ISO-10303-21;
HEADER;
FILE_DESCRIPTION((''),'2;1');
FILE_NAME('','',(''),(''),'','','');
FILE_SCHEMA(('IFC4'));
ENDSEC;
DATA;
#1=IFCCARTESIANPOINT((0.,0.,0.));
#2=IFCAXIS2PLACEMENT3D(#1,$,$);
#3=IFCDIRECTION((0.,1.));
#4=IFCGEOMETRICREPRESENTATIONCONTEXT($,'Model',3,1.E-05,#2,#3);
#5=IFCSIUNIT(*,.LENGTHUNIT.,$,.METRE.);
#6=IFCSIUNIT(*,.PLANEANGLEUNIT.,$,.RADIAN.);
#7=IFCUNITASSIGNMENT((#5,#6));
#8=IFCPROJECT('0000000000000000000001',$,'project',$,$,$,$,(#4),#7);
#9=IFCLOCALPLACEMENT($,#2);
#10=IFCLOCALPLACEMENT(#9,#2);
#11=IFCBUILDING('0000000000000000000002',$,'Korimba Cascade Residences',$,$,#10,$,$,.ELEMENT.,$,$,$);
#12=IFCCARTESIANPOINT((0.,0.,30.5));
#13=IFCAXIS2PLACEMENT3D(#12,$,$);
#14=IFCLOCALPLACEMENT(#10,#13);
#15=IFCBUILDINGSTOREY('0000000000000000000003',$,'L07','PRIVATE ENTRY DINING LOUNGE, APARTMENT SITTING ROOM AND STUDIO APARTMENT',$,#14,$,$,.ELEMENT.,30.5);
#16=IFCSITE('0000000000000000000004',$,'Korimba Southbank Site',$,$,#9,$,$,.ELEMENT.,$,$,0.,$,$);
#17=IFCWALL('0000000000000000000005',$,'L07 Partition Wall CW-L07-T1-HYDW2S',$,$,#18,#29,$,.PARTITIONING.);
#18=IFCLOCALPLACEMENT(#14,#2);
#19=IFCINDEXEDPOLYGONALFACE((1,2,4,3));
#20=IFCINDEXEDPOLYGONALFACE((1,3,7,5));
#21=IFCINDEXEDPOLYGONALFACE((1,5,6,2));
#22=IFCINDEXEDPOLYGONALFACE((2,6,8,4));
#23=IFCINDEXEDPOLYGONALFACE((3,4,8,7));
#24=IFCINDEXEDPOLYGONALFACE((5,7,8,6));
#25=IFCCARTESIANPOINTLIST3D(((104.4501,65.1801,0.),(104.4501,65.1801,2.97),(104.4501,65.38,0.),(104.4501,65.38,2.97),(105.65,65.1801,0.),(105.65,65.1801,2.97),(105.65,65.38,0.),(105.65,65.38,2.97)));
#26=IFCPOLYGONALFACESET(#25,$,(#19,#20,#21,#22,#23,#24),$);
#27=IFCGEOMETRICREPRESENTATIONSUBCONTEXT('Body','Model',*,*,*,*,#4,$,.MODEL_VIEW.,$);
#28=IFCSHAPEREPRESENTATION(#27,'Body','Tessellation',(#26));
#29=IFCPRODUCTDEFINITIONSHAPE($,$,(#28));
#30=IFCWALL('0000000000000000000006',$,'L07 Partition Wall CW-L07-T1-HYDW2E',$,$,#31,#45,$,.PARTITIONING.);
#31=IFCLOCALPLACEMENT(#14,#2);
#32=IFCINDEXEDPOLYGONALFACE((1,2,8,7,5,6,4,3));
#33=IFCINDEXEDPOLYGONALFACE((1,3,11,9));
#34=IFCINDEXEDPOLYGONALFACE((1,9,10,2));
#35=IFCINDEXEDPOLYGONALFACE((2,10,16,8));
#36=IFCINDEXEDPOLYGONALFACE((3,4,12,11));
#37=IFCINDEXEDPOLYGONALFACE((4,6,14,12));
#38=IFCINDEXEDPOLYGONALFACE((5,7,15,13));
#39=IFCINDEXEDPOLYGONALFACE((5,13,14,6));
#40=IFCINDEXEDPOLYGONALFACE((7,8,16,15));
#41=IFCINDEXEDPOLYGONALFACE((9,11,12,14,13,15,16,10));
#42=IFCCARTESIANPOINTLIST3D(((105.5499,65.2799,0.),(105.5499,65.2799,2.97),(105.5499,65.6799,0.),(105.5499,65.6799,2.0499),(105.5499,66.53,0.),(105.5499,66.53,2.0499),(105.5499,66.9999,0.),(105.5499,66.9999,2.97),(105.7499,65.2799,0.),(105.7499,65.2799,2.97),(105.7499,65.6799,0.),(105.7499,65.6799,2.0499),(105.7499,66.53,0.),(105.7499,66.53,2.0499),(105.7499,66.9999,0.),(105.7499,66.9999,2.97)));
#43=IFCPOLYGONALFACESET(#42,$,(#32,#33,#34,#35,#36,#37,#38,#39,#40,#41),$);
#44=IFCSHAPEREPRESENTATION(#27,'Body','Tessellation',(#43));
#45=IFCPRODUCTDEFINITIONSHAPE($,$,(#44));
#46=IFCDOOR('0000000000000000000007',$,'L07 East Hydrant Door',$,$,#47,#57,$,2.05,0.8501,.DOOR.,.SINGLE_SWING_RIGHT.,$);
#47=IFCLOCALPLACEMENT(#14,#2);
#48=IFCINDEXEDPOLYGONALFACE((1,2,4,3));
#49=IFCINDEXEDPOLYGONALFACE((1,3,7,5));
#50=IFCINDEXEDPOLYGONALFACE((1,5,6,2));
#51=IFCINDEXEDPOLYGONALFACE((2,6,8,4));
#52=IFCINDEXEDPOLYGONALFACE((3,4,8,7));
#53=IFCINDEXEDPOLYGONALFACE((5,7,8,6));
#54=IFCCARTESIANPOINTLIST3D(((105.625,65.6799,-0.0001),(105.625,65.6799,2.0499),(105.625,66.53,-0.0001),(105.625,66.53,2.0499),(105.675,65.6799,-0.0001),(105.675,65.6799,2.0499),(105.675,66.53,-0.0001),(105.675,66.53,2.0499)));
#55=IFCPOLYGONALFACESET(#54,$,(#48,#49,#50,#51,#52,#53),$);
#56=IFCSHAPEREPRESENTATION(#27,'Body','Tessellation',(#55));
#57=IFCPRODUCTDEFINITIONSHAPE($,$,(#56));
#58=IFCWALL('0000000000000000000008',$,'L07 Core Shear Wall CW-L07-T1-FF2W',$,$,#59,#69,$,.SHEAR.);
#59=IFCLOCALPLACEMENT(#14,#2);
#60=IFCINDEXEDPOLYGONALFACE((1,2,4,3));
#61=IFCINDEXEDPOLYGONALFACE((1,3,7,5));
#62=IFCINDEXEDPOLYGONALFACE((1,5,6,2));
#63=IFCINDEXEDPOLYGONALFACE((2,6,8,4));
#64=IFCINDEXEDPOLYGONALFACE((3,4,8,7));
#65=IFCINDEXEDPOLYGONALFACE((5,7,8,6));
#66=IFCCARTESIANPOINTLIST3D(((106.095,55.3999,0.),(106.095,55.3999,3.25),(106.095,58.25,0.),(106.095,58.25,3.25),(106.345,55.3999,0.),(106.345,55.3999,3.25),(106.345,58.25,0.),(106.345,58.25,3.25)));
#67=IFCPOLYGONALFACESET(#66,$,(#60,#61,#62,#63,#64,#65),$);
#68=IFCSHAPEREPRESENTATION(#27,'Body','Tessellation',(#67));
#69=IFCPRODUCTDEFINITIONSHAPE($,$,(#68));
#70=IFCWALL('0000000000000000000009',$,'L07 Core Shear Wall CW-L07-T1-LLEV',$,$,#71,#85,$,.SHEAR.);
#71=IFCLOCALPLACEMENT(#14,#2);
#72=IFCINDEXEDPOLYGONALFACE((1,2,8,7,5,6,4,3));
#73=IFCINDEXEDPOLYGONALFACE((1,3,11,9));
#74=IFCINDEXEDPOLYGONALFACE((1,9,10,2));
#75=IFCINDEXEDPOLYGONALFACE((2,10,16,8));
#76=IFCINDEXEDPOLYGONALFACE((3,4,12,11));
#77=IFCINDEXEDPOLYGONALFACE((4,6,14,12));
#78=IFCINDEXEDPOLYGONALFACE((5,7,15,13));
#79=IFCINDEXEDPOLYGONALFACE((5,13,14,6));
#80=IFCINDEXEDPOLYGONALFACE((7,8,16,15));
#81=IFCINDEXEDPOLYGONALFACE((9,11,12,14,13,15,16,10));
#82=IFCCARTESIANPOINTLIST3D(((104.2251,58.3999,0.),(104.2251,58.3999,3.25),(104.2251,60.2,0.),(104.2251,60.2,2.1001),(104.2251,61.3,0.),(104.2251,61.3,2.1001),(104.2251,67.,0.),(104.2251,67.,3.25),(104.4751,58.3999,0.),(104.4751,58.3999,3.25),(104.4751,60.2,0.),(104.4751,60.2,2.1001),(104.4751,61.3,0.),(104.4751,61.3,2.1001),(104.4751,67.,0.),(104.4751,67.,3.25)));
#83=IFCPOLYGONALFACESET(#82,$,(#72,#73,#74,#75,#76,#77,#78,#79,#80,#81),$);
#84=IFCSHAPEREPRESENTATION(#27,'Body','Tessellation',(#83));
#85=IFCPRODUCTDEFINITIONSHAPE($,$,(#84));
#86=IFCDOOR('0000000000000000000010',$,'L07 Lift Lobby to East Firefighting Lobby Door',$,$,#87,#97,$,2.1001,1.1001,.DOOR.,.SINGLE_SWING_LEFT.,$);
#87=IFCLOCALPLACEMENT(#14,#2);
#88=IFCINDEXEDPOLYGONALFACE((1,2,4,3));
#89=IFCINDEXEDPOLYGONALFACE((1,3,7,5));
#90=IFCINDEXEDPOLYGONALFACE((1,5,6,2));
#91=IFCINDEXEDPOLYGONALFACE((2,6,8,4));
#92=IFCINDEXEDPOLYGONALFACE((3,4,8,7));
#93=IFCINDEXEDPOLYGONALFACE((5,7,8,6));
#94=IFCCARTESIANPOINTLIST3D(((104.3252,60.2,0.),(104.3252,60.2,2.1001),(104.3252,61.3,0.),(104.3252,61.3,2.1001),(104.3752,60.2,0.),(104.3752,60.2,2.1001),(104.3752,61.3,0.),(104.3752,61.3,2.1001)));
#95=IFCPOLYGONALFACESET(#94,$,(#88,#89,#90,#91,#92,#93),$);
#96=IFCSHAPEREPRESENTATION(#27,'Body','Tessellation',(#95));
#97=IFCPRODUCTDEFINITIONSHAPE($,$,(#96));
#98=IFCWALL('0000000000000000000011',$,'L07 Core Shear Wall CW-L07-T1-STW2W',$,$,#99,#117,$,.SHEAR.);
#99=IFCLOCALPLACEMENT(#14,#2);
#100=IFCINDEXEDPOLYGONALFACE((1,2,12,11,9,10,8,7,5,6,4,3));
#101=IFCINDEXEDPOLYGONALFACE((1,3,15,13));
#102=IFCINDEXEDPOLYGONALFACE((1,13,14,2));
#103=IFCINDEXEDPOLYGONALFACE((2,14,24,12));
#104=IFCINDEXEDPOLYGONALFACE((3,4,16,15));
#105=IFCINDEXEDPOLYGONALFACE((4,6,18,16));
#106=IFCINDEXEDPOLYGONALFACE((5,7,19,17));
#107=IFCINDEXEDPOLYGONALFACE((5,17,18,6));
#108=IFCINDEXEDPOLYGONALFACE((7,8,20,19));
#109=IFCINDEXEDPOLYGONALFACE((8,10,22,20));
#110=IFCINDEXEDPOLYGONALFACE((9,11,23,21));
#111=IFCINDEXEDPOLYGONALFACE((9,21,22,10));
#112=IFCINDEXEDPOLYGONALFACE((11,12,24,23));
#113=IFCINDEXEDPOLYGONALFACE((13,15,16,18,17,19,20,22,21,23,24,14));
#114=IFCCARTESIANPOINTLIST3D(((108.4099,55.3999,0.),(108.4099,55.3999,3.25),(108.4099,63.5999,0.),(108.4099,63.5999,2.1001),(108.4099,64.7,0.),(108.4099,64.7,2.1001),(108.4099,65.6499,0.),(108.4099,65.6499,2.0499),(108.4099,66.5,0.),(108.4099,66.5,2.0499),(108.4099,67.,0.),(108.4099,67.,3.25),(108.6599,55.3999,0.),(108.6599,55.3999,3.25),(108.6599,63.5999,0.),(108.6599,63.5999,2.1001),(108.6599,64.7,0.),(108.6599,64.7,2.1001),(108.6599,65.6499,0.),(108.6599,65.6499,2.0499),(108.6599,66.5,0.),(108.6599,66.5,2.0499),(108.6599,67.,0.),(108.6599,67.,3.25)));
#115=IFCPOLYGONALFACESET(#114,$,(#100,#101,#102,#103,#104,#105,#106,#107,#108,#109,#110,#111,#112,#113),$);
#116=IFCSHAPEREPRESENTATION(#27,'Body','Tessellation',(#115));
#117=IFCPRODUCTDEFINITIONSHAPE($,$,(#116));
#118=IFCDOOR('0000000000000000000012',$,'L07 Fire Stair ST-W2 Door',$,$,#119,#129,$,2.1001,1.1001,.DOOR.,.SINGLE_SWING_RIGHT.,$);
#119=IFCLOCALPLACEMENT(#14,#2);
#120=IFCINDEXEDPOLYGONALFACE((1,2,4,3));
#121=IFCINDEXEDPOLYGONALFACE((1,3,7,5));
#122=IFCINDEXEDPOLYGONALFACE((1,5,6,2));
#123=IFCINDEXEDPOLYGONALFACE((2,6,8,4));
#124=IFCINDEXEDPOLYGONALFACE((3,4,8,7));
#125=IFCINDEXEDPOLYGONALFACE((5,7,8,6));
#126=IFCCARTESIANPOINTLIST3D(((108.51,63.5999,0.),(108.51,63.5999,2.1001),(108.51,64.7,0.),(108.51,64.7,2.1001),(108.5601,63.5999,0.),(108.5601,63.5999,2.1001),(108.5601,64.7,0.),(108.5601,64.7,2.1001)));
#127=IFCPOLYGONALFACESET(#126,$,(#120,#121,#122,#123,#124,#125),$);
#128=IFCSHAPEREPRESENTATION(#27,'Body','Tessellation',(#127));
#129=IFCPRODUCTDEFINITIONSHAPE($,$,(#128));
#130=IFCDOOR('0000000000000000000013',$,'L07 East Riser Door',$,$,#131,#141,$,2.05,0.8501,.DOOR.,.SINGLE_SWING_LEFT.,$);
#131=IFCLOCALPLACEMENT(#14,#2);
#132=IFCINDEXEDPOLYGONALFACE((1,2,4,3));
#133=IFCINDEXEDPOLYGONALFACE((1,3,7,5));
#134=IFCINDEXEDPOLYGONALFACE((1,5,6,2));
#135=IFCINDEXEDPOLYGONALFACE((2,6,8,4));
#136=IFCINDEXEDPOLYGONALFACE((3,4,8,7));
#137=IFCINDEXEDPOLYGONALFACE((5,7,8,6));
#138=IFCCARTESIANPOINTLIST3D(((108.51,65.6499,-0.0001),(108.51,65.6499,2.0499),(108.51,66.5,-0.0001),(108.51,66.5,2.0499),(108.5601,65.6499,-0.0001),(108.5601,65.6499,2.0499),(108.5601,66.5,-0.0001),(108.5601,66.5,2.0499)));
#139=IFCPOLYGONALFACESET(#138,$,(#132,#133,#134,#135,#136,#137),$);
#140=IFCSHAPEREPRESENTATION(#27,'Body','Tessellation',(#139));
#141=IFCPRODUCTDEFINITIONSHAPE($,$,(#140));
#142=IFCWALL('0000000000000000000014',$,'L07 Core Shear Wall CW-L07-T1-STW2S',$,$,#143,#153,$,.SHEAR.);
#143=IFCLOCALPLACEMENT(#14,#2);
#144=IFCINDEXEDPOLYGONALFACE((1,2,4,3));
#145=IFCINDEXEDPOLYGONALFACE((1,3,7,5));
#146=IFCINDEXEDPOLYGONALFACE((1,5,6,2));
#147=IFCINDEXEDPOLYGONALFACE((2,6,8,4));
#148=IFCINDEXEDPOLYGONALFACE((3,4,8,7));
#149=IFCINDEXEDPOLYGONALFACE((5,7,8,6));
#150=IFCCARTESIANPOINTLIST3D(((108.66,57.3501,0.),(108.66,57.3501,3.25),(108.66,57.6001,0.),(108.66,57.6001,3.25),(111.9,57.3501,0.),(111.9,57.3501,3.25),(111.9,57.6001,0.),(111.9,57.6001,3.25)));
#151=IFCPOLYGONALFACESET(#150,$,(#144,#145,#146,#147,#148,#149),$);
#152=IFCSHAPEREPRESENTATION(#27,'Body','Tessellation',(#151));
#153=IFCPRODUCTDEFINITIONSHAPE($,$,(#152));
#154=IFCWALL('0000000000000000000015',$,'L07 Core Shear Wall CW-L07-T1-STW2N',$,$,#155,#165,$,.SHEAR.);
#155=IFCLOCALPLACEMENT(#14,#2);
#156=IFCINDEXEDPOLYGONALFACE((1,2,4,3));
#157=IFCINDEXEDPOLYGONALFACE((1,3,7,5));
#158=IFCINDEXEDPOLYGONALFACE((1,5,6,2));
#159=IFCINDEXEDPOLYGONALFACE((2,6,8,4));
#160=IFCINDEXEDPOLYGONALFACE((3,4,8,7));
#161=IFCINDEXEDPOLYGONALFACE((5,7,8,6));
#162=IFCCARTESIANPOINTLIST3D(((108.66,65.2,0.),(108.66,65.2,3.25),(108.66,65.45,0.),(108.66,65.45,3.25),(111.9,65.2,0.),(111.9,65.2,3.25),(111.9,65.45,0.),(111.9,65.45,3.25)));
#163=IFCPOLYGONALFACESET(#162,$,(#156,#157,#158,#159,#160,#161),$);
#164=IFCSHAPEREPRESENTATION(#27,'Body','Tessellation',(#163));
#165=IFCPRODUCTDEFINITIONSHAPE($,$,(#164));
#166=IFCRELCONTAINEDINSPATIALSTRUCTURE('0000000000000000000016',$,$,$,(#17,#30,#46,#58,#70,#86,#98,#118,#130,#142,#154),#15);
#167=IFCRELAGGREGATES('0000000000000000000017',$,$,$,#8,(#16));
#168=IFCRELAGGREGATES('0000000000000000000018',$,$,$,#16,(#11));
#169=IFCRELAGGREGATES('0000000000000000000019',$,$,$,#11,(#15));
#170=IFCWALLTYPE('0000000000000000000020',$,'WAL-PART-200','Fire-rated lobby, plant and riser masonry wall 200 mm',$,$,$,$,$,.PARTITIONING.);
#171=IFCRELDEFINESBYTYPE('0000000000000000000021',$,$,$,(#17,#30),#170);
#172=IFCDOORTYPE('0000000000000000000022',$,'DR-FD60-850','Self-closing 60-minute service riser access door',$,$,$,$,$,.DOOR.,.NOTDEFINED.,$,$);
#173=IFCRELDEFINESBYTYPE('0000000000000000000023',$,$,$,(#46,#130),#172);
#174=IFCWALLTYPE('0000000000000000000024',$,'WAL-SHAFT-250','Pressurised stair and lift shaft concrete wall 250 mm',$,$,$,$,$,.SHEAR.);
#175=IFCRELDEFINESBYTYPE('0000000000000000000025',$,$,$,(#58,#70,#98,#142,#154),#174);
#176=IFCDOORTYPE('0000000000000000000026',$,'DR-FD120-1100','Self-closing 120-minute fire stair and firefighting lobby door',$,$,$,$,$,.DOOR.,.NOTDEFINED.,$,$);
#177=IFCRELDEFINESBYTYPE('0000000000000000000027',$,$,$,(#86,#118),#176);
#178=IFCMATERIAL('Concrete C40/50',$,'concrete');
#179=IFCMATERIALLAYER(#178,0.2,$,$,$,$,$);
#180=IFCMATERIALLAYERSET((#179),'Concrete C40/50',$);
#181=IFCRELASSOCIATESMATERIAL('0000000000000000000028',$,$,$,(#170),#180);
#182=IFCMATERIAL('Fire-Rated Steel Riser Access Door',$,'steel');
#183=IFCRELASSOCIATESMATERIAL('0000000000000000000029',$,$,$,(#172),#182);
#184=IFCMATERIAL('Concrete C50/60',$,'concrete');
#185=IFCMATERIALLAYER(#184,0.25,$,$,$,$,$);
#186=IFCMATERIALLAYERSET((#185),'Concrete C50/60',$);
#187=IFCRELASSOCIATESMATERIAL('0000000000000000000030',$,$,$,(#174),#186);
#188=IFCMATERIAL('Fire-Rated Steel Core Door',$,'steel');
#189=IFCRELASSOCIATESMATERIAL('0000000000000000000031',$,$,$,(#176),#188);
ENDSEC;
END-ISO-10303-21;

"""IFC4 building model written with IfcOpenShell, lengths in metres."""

from ifc_helpers import new_model, si_unit, direction, frame, frame_2d, origin, place, context, subcontext, project, spatial, rectangle, extrude, material, layer, layer_set, type_object, element, fill, save


model = new_model("IFC4")

# Units and contexts
model_context = context("Model", 3, precision=1e-05, world=origin(), true_north=direction((0.0, 1.0)))
body_context = subcontext(model_context, "Body", "Model", "MODEL_VIEW")
ifc_project = project(units=[si_unit("LENGTHUNIT", "METRE"), si_unit("PLANEANGLEUNIT", "RADIAN")], contexts=[model_context])

# Site, building, storey
site_placement = place(None, origin())
site = spatial("IfcSite", under=ifc_project, at=site_placement, Name="Korimba Southbank Site", CompositionType="ELEMENT", RefElevation=0.0)
building_placement = place(site_placement, origin())
building = spatial("IfcBuilding", under=site, at=building_placement, Name="Korimba Cascade Residences", CompositionType="ELEMENT")
storey_placement = place(building_placement, frame((0.0, 0.0, 30.5)))
storey = spatial("IfcBuildingStorey", under=building, at=storey_placement, Name="L07", Description="PRIVATE ENTRY DINING LOUNGE, APARTMENT SITTING ROOM AND STUDIO APARTMENT", CompositionType="ELEMENT", Elevation=30.5)

# Wall
ifc_material_1 = material(Name="Concrete C40/50", Category="concrete")
ifc_layer_1 = layer(ifc_material_1, 0.2)
ifc_layer_set_1 = layer_set([ifc_layer_1], Name="Concrete C40/50")
wall_type_1 = type_object("IfcWallType", Name="WAL-PART-200", Description="Fire-rated lobby, plant and riser masonry wall 200 mm", PredefinedType="PARTITIONING", material=ifc_layer_set_1)
wall_1_placement = place(storey_placement, frame((104.45, 65.28, 0.0), z_axis=(0.0, 0.0, 1.0), x_axis=(1.0, 0.0, 0.0)))
element("IfcWall", 1, at=wall_1_placement, inside=storey, type_object=wall_type_1, Name="L07 Partition Wall CW-L07-T1-HYDW2S", PredefinedType="PARTITIONING", context=body_context, shape_type="SweptSolid", body=[
    extrude(rectangle(XDim=1.2, YDim=0.2, at=frame_2d((0.6001, 0.0))), origin(), (0.0, 0.0, 1.0), 2.97),
])

# Wall, opening, door
wall_2_placement = place(storey_placement, frame((105.6499, 65.28, 0.0), z_axis=(0.0, 0.0, 1.0), x_axis=(0.0, 1.0, 0.0)))
wall_2 = element("IfcWall", 2, at=wall_2_placement, inside=storey, type_object=wall_type_1, Name="L07 Partition Wall CW-L07-T1-HYDW2E", PredefinedType="PARTITIONING", context=body_context, shape_type="SweptSolid", body=[
    extrude(rectangle(XDim=1.72, YDim=0.2, at=frame_2d((0.8599, 0.0))), origin(), (0.0, 0.0, 1.0), 2.97),
])
opening_1_placement = place(wall_2_placement, frame((0.3999, 0.0, 0.0)))
opening_1 = element("IfcOpeningElement", 3, at=opening_1_placement, cuts=wall_2, PredefinedType="OPENING", context=body_context, shape_type="SweptSolid", body=[
    extrude(rectangle(XDim=0.8501, YDim=2.05, at=frame_2d((0.425, 1.0249))), frame((0.0, 0.1099, 0.0), z_axis=(0.0, -1.0, 0.0), x_axis=(1.0, 0.0, 0.0)), (0.0, 0.0, 1.0), 0.22),
])
ifc_material_2 = material(Name="Fire-Rated Steel Riser Access Door", Category="steel")
door_type_1 = type_object("IfcDoorType", Name="DR-FD60-850", Description="Self-closing 60-minute service riser access door", OperationType="NOTDEFINED", PredefinedType="DOOR", material=ifc_material_2)
door_1_placement = place(opening_1_placement, origin())
door_1 = element("IfcDoor", 4, at=door_1_placement, inside=storey, type_object=door_type_1, Name="L07 East Hydrant Door", OperationType="SINGLE_SWING_RIGHT", OverallHeight=2.05, OverallWidth=0.8501, PredefinedType="DOOR", context=body_context, shape_type="SweptSolid", body=[
    extrude(rectangle(XDim=0.8501, YDim=2.05, at=frame_2d((0.425, 1.0249))), frame((0.0, 0.0249, 0.0), z_axis=(0.0, -1.0, 0.0), x_axis=(1.0, 0.0, 0.0)), (0.0, 0.0, 1.0), 0.05),
])
fill(opening_1, door_1)

# Wall
ifc_material_3 = material(Name="Concrete C50/60", Category="concrete")
ifc_layer_2 = layer(ifc_material_3, 0.25)
ifc_layer_set_2 = layer_set([ifc_layer_2], Name="Concrete C50/60")
wall_type_2 = type_object("IfcWallType", Name="WAL-SHAFT-250", Description="Pressurised stair and lift shaft concrete wall 250 mm", PredefinedType="SHEAR", material=ifc_layer_set_2)
wall_3_placement = place(storey_placement, frame((106.22, 55.3999, 0.0), z_axis=(0.0, 0.0, 1.0), x_axis=(0.0, 1.0, 0.0)))
element("IfcWall", 5, at=wall_3_placement, inside=storey, type_object=wall_type_2, Name="L07 Core Shear Wall CW-L07-T1-FF2W", PredefinedType="SHEAR", context=body_context, shape_type="SweptSolid", body=[
    extrude(rectangle(XDim=2.8501, YDim=0.25, at=frame_2d((1.425, 0.0))), origin(), (0.0, 0.0, 1.0), 3.25),
])

# Wall, opening, door
wall_4_placement = place(storey_placement, frame((104.3501, 58.3999, 0.0), z_axis=(0.0, 0.0, 1.0), x_axis=(0.0, 1.0, 0.0)))
wall_4 = element("IfcWall", 6, at=wall_4_placement, inside=storey, type_object=wall_type_2, Name="L07 Core Shear Wall CW-L07-T1-LLEV", PredefinedType="SHEAR", context=body_context, shape_type="SweptSolid", body=[
    extrude(rectangle(XDim=8.6001, YDim=0.25, at=frame_2d((4.3, 0.0))), origin(), (0.0, 0.0, 1.0), 3.25),
])
opening_2_placement = place(wall_4_placement, frame((1.8, 0.0, 0.0)))
opening_2 = element("IfcOpeningElement", 7, at=opening_2_placement, cuts=wall_4, PredefinedType="OPENING", context=body_context, shape_type="SweptSolid", body=[
    extrude(rectangle(XDim=1.1001, YDim=2.1001, at=frame_2d((0.55, 1.05))), frame((0.0, 0.135, 0.0), z_axis=(0.0, -1.0, 0.0), x_axis=(1.0, 0.0, 0.0)), (0.0, 0.0, 1.0), 0.27),
])
ifc_material_4 = material(Name="Fire-Rated Steel Core Door", Category="steel")
door_type_2 = type_object("IfcDoorType", Name="DR-FD120-1100", Description="Self-closing 120-minute fire stair and firefighting lobby door", OperationType="NOTDEFINED", PredefinedType="DOOR", material=ifc_material_4)
door_2_placement = place(opening_2_placement, origin())
door_2 = element("IfcDoor", 8, at=door_2_placement, inside=storey, type_object=door_type_2, Name="L07 Lift Lobby to East Firefighting Lobby Door", OperationType="SINGLE_SWING_LEFT", OverallHeight=2.1001, OverallWidth=1.1001, PredefinedType="DOOR", context=body_context, shape_type="SweptSolid", body=[
    extrude(rectangle(XDim=1.1001, YDim=2.1001, at=frame_2d((0.55, 1.05))), frame((0.0, 0.0249, 0.0), z_axis=(0.0, -1.0, 0.0), x_axis=(1.0, 0.0, 0.0)), (0.0, 0.0, 1.0), 0.05),
])
fill(opening_2, door_2)

# Wall, openings, doors
wall_5_placement = place(storey_placement, frame((108.5349, 55.3999, 0.0), z_axis=(0.0, 0.0, 1.0), x_axis=(0.0, 1.0, 0.0)))
wall_5 = element("IfcWall", 9, at=wall_5_placement, inside=storey, type_object=wall_type_2, Name="L07 Core Shear Wall CW-L07-T1-STW2W", PredefinedType="SHEAR", context=body_context, shape_type="SweptSolid", body=[
    extrude(rectangle(XDim=11.6001, YDim=0.25, at=frame_2d((5.8, 0.0))), origin(), (0.0, 0.0, 1.0), 3.25),
])
opening_3_placement = place(wall_5_placement, frame((8.2, 0.0, 0.0)))
opening_3 = element("IfcOpeningElement", 10, at=opening_3_placement, cuts=wall_5, PredefinedType="OPENING", context=body_context, shape_type="SweptSolid", body=[
    extrude(rectangle(XDim=1.1001, YDim=2.1001, at=frame_2d((0.55, 1.05))), frame((0.0, 0.135, 0.0), z_axis=(0.0, -1.0, 0.0), x_axis=(1.0, 0.0, 0.0)), (0.0, 0.0, 1.0), 0.27),
])
opening_4_placement = place(wall_5_placement, frame((10.25, 0.0, 0.0)))
opening_4 = element("IfcOpeningElement", 11, at=opening_4_placement, cuts=wall_5, PredefinedType="OPENING", context=body_context, shape_type="SweptSolid", body=[
    extrude(rectangle(XDim=0.8501, YDim=2.05, at=frame_2d((0.425, 1.0249))), frame((0.0, 0.135, 0.0), z_axis=(0.0, -1.0, 0.0), x_axis=(1.0, 0.0, 0.0)), (0.0, 0.0, 1.0), 0.27),
])
door_3_placement = place(opening_3_placement, origin())
door_3 = element("IfcDoor", 12, at=door_3_placement, inside=storey, type_object=door_type_2, Name="L07 Fire Stair ST-W2 Door", OperationType="SINGLE_SWING_RIGHT", OverallHeight=2.1001, OverallWidth=1.1001, PredefinedType="DOOR", context=body_context, shape_type="SweptSolid", body=[
    extrude(rectangle(XDim=1.1001, YDim=2.1001, at=frame_2d((0.55, 1.05))), frame((0.0, 0.0249, 0.0), z_axis=(0.0, -1.0, 0.0), x_axis=(1.0, 0.0, 0.0)), (0.0, 0.0, 1.0), 0.05),
])
fill(opening_3, door_3)
door_4_placement = place(opening_4_placement, origin())
door_4 = element("IfcDoor", 13, at=door_4_placement, inside=storey, type_object=door_type_1, Name="L07 East Riser Door", OperationType="SINGLE_SWING_LEFT", OverallHeight=2.05, OverallWidth=0.8501, PredefinedType="DOOR", context=body_context, shape_type="SweptSolid", body=[
    extrude(rectangle(XDim=0.8501, YDim=2.05, at=frame_2d((0.425, 1.0249))), frame((0.0, 0.0249, 0.0), z_axis=(0.0, -1.0, 0.0), x_axis=(1.0, 0.0, 0.0)), (0.0, 0.0, 1.0), 0.05),
])
fill(opening_4, door_4)

# Walls
for number, where, z_axis, x_axis, name in (
    (14, (108.6599, 57.4751, 0.0), (0.0, 0.0, 1.0), (1.0, 0.0, 0.0), "L07 Core Shear Wall CW-L07-T1-STW2S"),
    (15, (108.6599, 65.325, 0.0), (0.0, 0.0, 1.0), (1.0, 0.0, 0.0), "L07 Core Shear Wall CW-L07-T1-STW2N"),
):
    element("IfcWall", number, at=place(storey_placement, frame(where, z_axis=z_axis, x_axis=x_axis)), inside=storey, type_object=wall_type_2, Name=name, PredefinedType="SHEAR", context=body_context, shape_type="SweptSolid", body=[
        extrude(rectangle(XDim=3.24, YDim=0.25, at=frame_2d((1.6201, 0.0))), origin(), (0.0, 0.0, 1.0), 3.25),
    ])

save(model, "model.ifc")
